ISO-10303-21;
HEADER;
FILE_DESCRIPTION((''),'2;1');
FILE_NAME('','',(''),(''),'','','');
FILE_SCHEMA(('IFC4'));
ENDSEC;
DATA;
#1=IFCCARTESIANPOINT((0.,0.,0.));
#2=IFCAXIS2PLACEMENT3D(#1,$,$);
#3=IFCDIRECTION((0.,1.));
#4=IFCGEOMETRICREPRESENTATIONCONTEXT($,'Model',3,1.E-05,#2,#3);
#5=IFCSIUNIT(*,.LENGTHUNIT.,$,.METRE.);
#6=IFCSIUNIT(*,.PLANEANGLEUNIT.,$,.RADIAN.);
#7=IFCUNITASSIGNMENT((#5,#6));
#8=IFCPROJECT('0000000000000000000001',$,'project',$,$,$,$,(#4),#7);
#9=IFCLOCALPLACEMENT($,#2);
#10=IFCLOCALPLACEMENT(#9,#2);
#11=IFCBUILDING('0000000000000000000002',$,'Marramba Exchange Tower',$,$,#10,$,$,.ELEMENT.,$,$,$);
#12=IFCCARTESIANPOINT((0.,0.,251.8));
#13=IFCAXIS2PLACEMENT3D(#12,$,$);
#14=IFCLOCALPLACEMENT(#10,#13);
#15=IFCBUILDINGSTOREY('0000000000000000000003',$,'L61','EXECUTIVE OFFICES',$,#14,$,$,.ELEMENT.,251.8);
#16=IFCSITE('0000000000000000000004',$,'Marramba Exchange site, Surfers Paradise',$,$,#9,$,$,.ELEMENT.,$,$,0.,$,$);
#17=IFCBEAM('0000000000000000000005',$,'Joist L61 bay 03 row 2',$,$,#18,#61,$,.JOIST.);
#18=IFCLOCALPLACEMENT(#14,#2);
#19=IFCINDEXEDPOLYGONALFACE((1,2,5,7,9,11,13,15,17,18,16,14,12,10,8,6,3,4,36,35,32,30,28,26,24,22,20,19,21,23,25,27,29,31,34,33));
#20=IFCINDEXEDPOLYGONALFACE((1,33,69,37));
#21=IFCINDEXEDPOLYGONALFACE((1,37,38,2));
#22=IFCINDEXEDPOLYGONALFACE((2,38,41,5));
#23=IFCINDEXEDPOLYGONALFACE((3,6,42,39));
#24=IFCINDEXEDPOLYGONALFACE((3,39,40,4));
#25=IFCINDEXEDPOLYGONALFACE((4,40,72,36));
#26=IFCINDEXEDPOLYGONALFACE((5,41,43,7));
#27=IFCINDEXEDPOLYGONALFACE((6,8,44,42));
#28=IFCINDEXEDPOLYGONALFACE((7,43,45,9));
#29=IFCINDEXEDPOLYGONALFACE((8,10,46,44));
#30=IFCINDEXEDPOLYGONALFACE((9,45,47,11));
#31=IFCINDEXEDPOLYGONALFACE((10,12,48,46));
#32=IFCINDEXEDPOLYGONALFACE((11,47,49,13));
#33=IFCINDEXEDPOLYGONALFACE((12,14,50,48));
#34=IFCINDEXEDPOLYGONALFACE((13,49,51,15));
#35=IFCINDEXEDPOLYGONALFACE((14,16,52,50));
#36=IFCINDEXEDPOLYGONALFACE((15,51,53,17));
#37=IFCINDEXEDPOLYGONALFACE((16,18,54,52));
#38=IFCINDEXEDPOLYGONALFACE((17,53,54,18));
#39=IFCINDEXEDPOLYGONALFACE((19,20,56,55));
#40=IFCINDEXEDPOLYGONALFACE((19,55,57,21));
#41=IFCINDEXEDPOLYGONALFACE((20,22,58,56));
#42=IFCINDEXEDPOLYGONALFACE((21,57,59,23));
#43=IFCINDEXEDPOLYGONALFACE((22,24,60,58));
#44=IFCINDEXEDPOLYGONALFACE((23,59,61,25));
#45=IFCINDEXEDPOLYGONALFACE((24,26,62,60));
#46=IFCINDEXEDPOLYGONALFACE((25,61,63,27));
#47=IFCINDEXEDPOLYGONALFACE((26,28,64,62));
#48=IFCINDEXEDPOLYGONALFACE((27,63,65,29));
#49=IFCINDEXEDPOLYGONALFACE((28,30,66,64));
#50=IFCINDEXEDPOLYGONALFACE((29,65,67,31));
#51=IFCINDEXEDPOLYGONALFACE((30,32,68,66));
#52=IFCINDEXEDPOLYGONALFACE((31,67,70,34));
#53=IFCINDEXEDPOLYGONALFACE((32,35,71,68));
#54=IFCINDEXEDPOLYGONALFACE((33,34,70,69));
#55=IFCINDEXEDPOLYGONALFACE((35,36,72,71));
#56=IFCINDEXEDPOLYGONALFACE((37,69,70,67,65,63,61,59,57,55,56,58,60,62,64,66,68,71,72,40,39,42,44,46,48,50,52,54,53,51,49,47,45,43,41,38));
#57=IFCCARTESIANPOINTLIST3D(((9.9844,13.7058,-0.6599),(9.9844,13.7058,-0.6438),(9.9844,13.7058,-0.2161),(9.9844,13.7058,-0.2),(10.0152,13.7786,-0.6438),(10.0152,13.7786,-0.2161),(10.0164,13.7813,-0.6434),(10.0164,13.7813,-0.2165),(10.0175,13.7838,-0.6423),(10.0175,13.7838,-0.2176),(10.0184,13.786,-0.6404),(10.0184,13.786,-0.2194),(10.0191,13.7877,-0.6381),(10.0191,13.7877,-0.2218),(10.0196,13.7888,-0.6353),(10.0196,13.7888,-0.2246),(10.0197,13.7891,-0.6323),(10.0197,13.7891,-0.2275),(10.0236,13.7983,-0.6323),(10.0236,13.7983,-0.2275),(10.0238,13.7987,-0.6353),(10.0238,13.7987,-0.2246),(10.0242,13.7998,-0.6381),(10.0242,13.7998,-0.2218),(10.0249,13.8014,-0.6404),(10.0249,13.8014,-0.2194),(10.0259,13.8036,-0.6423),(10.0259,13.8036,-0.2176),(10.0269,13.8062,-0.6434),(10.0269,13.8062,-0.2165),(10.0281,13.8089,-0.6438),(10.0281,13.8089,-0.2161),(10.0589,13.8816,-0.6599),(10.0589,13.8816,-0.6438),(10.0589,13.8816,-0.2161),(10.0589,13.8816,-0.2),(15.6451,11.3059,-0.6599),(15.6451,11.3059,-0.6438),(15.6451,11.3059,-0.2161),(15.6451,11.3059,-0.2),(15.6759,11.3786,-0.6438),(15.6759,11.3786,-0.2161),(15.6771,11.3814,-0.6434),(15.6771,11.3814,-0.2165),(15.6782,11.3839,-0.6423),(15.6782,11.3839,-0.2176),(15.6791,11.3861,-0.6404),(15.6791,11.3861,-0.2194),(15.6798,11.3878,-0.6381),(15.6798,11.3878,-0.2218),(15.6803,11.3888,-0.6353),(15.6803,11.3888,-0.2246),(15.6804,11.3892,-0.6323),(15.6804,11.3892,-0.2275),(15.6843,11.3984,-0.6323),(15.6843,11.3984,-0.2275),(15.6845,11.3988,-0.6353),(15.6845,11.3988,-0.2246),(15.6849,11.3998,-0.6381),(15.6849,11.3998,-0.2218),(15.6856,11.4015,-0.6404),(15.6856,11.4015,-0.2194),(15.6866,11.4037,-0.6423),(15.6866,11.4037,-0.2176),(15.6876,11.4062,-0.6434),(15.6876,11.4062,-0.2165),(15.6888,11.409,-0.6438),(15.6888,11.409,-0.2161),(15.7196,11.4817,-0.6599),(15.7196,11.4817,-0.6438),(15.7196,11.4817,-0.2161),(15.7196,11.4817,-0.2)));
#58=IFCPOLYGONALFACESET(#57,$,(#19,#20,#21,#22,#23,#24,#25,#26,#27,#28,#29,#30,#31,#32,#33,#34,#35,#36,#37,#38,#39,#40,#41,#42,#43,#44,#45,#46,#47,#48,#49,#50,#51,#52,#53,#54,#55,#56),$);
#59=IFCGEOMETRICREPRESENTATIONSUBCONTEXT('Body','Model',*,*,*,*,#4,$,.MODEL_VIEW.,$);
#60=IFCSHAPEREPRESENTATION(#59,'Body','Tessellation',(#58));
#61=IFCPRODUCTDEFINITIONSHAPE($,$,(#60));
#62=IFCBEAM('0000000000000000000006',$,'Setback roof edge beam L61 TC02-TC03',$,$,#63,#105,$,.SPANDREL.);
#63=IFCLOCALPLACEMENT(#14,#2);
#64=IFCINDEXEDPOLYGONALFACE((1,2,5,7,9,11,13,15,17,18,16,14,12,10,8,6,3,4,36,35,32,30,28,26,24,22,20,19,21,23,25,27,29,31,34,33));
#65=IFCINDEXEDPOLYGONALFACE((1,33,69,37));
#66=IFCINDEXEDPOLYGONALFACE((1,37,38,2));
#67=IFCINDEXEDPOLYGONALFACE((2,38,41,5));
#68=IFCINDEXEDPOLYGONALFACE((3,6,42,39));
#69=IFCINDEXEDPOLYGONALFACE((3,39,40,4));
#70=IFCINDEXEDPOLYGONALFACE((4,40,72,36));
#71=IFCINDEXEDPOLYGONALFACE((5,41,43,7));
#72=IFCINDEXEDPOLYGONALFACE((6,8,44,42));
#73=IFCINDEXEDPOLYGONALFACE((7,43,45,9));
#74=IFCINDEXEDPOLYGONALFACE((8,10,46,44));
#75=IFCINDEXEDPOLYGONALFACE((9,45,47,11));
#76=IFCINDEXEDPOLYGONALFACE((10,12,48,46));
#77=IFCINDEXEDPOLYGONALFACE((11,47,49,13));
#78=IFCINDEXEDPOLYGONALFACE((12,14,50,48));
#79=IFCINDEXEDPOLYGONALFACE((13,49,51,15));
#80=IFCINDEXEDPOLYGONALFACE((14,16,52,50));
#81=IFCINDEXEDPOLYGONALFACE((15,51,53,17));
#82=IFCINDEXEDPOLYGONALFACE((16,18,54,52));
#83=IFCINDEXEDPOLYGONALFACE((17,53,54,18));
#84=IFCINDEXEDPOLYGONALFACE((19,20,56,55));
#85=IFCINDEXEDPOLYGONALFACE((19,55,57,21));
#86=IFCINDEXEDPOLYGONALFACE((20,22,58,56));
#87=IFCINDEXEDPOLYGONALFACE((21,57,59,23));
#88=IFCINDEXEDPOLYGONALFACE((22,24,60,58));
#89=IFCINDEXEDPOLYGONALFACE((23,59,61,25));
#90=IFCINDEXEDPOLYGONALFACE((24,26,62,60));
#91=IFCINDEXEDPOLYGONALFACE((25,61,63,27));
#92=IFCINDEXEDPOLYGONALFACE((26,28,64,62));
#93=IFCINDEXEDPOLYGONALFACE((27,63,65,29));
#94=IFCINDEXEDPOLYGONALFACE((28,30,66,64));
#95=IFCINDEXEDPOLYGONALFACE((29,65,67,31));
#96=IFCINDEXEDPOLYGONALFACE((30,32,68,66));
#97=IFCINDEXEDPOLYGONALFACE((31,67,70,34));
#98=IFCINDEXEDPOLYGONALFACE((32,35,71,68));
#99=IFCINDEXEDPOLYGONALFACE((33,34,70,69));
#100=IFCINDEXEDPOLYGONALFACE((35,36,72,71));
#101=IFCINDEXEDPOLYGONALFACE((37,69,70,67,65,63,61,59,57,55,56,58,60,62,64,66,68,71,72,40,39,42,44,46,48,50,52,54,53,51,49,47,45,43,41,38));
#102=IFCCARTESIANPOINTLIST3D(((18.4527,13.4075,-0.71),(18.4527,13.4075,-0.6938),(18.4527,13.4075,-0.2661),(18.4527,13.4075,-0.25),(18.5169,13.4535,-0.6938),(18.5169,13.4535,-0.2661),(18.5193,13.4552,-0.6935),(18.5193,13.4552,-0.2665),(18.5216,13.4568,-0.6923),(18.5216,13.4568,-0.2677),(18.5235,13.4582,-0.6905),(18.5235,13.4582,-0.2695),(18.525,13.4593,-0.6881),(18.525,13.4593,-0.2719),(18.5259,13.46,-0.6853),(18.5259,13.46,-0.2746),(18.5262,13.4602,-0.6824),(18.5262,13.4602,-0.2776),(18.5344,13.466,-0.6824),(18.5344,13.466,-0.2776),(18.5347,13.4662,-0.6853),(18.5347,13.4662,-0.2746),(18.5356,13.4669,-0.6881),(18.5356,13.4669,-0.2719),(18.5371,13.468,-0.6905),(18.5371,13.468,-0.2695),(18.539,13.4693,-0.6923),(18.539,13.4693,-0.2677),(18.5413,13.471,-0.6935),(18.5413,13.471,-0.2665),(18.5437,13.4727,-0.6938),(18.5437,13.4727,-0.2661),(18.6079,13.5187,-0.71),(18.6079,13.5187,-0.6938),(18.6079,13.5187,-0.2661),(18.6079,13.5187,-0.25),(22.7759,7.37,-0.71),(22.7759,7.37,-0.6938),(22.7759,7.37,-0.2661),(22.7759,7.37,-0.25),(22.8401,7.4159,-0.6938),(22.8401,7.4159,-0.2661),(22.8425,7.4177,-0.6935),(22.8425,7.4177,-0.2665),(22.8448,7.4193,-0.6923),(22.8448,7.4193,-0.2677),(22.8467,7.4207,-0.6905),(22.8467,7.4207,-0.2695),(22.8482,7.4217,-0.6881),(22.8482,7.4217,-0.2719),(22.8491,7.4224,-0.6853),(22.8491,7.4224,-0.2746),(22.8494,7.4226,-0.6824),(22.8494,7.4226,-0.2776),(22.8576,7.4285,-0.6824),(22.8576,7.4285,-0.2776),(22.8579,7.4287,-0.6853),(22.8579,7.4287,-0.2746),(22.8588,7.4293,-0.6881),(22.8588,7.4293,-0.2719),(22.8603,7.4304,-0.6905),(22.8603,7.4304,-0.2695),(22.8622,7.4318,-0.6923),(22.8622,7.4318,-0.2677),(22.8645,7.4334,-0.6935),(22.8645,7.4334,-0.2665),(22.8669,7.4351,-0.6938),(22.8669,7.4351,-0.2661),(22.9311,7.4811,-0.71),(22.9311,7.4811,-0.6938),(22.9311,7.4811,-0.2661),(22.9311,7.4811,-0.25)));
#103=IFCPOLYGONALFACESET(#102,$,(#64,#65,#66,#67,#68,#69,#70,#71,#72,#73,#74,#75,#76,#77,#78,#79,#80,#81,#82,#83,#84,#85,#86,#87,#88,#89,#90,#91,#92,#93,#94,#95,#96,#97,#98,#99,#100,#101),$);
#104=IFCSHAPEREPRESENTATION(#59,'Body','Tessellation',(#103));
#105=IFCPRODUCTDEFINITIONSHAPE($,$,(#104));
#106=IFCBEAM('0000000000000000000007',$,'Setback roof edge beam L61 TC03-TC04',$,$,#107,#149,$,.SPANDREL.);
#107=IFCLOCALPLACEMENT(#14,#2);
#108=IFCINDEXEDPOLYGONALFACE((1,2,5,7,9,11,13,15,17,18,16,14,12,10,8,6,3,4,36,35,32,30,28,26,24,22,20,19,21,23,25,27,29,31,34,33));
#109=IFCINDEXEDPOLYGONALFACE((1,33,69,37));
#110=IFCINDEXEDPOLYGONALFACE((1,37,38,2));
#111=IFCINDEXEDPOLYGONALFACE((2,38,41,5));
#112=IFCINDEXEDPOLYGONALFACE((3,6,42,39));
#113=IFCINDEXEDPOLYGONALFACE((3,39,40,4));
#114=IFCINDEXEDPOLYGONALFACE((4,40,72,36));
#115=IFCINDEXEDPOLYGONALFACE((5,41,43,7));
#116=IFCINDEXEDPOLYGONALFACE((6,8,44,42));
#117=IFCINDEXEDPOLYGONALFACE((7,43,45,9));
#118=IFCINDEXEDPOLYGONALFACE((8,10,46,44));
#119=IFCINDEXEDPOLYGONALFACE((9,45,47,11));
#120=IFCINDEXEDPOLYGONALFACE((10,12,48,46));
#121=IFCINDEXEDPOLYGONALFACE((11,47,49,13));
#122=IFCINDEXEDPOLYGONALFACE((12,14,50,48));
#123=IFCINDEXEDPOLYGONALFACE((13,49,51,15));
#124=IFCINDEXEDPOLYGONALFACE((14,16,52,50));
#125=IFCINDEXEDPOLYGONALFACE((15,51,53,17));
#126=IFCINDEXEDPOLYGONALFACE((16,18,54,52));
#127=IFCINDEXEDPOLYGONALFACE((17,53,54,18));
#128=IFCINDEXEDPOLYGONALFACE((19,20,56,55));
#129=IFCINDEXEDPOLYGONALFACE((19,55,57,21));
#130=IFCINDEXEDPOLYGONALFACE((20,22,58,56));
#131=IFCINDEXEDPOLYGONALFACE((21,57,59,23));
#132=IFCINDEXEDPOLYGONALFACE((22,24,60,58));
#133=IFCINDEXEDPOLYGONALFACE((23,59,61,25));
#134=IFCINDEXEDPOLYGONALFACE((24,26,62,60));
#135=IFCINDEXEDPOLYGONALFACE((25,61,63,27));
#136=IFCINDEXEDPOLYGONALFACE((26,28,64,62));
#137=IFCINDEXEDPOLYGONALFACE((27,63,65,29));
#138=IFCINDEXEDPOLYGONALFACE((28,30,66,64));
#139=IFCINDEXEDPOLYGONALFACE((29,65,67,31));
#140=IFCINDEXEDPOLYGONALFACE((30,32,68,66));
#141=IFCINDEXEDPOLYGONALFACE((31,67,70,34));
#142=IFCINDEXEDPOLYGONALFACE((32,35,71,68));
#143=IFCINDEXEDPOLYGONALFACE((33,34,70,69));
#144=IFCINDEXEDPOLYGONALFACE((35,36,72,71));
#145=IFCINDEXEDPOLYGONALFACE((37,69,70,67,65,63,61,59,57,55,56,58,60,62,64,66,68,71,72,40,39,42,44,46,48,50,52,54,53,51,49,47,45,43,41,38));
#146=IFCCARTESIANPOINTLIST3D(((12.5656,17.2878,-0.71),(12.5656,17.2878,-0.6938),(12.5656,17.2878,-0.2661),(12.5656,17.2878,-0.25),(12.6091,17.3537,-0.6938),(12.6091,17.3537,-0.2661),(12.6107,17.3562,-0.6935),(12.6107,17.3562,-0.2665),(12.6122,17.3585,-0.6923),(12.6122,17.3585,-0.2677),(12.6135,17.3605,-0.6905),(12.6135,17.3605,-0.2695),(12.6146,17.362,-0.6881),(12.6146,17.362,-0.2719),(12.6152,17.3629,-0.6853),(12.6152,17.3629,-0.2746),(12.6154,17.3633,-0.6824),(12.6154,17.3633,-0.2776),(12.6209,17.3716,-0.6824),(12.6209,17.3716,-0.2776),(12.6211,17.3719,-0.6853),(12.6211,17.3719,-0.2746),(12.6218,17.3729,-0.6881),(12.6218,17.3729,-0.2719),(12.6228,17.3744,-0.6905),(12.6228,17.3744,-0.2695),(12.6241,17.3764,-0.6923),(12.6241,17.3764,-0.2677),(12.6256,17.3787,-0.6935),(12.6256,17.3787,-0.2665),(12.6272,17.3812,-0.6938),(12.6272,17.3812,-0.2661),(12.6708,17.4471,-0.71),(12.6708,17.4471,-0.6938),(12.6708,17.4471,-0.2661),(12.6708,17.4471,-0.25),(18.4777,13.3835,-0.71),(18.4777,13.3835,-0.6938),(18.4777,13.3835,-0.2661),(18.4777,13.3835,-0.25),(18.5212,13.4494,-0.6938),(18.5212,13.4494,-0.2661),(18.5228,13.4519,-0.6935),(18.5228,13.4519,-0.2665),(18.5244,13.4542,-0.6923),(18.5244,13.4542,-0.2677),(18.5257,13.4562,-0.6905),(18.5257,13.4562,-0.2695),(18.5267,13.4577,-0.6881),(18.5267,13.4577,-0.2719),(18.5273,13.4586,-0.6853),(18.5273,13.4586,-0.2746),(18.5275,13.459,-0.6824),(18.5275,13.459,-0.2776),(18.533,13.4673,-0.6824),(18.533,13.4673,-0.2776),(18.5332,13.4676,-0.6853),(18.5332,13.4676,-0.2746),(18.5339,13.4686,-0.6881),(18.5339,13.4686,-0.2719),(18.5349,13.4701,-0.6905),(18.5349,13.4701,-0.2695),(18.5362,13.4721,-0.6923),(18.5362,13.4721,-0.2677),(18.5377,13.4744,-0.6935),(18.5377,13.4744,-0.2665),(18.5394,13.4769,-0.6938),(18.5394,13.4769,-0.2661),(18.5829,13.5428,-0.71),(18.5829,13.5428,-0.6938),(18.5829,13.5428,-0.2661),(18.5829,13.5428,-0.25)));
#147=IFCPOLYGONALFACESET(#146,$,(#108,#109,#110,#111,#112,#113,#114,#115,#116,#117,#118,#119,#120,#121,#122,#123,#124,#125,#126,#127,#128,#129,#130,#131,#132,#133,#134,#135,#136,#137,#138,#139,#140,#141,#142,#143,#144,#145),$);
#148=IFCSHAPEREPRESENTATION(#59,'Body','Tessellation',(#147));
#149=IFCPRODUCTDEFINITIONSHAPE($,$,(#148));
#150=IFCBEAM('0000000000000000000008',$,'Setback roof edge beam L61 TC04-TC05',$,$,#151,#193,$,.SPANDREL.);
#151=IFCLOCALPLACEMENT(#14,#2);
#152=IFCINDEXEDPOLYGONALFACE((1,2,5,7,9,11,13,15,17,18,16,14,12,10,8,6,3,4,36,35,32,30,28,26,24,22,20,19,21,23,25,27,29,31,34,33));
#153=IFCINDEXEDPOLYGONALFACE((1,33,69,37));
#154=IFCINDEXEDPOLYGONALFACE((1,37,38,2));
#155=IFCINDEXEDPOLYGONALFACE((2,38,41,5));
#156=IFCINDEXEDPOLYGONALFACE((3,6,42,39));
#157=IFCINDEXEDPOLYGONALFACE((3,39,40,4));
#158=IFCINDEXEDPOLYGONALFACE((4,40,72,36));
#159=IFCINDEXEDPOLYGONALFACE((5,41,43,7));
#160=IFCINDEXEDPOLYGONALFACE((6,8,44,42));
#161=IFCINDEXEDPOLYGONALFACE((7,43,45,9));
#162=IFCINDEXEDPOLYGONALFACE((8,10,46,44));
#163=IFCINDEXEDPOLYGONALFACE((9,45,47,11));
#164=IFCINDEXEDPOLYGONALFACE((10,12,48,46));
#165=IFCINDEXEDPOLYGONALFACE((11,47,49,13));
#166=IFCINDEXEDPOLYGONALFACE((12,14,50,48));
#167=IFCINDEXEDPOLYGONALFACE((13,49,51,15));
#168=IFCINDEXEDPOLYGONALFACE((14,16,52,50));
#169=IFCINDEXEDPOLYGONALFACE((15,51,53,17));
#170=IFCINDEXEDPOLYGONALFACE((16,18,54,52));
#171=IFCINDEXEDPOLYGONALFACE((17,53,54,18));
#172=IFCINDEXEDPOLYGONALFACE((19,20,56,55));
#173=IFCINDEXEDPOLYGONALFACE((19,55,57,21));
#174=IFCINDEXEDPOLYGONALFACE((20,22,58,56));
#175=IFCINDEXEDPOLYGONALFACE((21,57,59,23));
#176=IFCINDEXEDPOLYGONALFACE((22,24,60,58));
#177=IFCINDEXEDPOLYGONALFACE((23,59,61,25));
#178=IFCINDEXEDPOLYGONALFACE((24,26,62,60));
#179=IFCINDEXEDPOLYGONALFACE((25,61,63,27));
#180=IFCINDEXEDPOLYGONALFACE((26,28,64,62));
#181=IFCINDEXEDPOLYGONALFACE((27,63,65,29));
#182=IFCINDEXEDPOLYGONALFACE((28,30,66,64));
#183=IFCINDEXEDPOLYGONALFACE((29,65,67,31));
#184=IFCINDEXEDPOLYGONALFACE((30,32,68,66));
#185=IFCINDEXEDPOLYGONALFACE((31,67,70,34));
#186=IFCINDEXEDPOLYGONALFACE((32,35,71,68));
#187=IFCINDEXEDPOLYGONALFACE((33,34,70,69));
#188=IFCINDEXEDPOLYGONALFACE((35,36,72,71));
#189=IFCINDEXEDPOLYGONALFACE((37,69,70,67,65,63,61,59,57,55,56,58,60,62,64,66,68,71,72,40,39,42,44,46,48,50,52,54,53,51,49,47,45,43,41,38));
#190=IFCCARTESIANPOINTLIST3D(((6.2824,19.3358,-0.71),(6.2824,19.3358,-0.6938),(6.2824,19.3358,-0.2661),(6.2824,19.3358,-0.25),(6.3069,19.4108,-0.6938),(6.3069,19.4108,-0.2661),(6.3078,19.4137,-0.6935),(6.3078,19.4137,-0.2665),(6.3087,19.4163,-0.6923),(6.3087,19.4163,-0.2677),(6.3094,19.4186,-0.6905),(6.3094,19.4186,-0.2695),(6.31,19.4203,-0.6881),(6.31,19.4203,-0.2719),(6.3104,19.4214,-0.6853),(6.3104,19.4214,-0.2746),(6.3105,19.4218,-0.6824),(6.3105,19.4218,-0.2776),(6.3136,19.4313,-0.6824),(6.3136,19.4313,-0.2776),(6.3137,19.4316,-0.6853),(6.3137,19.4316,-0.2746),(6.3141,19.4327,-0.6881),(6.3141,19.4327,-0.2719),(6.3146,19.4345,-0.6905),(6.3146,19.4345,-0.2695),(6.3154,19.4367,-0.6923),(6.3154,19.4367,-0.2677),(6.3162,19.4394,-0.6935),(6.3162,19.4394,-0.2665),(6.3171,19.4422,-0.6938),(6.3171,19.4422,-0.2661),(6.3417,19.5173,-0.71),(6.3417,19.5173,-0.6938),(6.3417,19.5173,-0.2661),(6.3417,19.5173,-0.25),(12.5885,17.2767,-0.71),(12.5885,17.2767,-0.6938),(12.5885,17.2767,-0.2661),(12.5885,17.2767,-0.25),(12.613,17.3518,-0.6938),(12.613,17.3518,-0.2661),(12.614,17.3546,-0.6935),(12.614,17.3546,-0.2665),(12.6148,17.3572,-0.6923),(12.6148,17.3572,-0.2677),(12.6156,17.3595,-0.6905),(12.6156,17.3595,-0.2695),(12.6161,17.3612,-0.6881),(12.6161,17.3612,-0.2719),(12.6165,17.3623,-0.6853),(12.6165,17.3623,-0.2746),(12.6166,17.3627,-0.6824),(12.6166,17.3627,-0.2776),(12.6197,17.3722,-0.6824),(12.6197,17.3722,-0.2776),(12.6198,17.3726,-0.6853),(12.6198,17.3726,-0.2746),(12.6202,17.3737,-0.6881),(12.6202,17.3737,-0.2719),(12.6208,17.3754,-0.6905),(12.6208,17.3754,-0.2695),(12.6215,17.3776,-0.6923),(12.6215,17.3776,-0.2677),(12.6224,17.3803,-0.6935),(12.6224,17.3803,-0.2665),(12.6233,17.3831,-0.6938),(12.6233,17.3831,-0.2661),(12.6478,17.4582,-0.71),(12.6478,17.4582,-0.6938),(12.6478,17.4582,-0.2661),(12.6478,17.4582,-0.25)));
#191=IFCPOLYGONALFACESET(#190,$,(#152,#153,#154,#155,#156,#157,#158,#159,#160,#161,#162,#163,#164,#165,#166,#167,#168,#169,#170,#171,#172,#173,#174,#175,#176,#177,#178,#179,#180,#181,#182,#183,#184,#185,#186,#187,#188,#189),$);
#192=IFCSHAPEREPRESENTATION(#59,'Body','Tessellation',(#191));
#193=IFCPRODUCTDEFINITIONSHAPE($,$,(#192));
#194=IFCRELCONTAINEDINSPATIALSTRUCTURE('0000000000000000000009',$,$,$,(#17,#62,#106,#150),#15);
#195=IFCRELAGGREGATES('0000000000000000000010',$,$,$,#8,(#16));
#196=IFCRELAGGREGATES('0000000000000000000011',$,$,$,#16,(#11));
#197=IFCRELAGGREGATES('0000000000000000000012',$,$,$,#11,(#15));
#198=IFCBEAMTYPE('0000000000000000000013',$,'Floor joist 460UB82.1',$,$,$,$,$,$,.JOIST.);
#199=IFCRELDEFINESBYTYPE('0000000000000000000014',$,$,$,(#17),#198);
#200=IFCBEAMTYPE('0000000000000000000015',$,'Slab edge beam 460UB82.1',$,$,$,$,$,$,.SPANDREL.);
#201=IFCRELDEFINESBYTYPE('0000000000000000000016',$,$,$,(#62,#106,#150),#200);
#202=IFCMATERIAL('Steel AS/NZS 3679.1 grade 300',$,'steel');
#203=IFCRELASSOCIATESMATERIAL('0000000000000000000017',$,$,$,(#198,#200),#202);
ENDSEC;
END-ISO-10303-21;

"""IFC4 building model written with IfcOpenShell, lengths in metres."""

from ifc_helpers import new_model, si_unit, direction, frame, origin, origin_2d, place, context, subcontext, project, spatial, i_section, extrude, material, material_profile, profile_set, type_object, element, save


model = new_model("IFC4")

# Units and contexts
model_context = context("Model", 3, precision=1e-05, world=origin(), true_north=direction((0.0, 1.0)))
body_context = subcontext(model_context, "Body", "Model", "MODEL_VIEW")
ifc_project = project(units=[si_unit("LENGTHUNIT", "METRE"), si_unit("PLANEANGLEUNIT", "RADIAN")], contexts=[model_context])

# Site, building, storey
site_placement = place(None, origin())
site = spatial("IfcSite", under=ifc_project, at=site_placement, Name="Marramba Exchange site, Surfers Paradise", CompositionType="ELEMENT", RefElevation=0.0)
building_placement = place(site_placement, origin())
building = spatial("IfcBuilding", under=site, at=building_placement, Name="Marramba Exchange Tower", CompositionType="ELEMENT")
storey_placement = place(building_placement, frame((0.0, 0.0, 251.8)))
storey = spatial("IfcBuildingStorey", under=building, at=storey_placement, Name="L61", Description="EXECUTIVE OFFICES", CompositionType="ELEMENT", Elevation=251.8)

# Beams
ifc_material_1 = material(Name="Steel AS/NZS 3679.1 grade 300", Category="steel")
ifc_material_profile_1 = material_profile(ifc_material_1, i_section(OverallWidth=0.1909, OverallDepth=0.46, WebThickness=0.01, FlangeThickness=0.0161, FilletRadius=0.0115, at=origin_2d()), Name="460UB82.1")
ifc_profile_set_1 = profile_set([ifc_material_profile_1], Name="Steel AS/NZS 3679.1 grade 300")
beam_type_1 = type_object("IfcBeamType", Name="Floor joist 460UB82.1", PredefinedType="JOIST", material=ifc_profile_set_1)
beam_1_placement = place(storey_placement, frame((15.6824, 11.3938, -0.4299), z_axis=(-0.920674, 0.390332, 0.0), x_axis=(-0.390332, -0.920674, 0.0)))
element("IfcBeam", 1, at=beam_1_placement, inside=storey, type_object=beam_type_1, Name="Joist L61 bay 03 row 2", PredefinedType="JOIST", context=body_context, shape_type="SweptSolid", body=[
    extrude(i_section(OverallWidth=0.1909, OverallDepth=0.46, WebThickness=0.01, FlangeThickness=0.0161, FilletRadius=0.0115, at=origin_2d()), origin(), (0.0, 0.0, 1.0), 6.1484),
])
ifc_material_profile_2 = material_profile(ifc_material_1, i_section(OverallWidth=0.1909, OverallDepth=0.46, WebThickness=0.01, FlangeThickness=0.0161, FilletRadius=0.0115, at=origin_2d()), Name="460UB82.1")
ifc_profile_set_2 = profile_set([ifc_material_profile_2], Name="Steel AS/NZS 3679.1 grade 300")
beam_type_2 = type_object("IfcBeamType", Name="Slab edge beam 460UB82.1", PredefinedType="SPANDREL", material=ifc_profile_set_2)
beam_2_placement = place(storey_placement, frame((22.8535, 7.4255, -0.48), z_axis=(-0.582189, 0.813053, 0.0), x_axis=(-0.813053, -0.582189, 0.0)))
element("IfcBeam", 2, at=beam_2_placement, inside=storey, type_object=beam_type_2, Name="Setback roof edge beam L61 TC02-TC03", PredefinedType="SPANDREL", context=body_context, shape_type="SweptSolid", body=[
    extrude(i_section(OverallWidth=0.1909, OverallDepth=0.46, WebThickness=0.01, FlangeThickness=0.0161, FilletRadius=0.0115, at=origin_2d()), origin(), (0.0, 0.0, 1.0), 7.4258),
])
beam_3_placement = place(storey_placement, frame((18.5303, 13.4631, -0.48), z_axis=(-0.83446, 0.551069, 0.0), x_axis=(-0.551069, -0.83446, 0.0)))
element("IfcBeam", 3, at=beam_3_placement, inside=storey, type_object=beam_type_2, Name="Setback roof edge beam L61 TC03-TC04", PredefinedType="SPANDREL", context=body_context, shape_type="SweptSolid", body=[
    extrude(i_section(OverallWidth=0.1909, OverallDepth=0.46, WebThickness=0.01, FlangeThickness=0.0161, FilletRadius=0.0115, at=origin_2d()), origin(), (0.0, 0.0, 1.0), 7.085),
])
beam_4_placement = place(storey_placement, frame((12.6182, 17.3674, -0.48), z_axis=(-0.950609, 0.310392, 0.0), x_axis=(-0.310392, -0.950609, 0.0)))
element("IfcBeam", 4, at=beam_4_placement, inside=storey, type_object=beam_type_2, Name="Setback roof edge beam L61 TC04-TC05", PredefinedType="SPANDREL", context=body_context, shape_type="SweptSolid", body=[
    extrude(i_section(OverallWidth=0.1909, OverallDepth=0.46, WebThickness=0.01, FlangeThickness=0.0161, FilletRadius=0.0115, at=origin_2d()), origin(), (0.0, 0.0, 1.0), 6.6338),
])

save(model, "model.ifc")
